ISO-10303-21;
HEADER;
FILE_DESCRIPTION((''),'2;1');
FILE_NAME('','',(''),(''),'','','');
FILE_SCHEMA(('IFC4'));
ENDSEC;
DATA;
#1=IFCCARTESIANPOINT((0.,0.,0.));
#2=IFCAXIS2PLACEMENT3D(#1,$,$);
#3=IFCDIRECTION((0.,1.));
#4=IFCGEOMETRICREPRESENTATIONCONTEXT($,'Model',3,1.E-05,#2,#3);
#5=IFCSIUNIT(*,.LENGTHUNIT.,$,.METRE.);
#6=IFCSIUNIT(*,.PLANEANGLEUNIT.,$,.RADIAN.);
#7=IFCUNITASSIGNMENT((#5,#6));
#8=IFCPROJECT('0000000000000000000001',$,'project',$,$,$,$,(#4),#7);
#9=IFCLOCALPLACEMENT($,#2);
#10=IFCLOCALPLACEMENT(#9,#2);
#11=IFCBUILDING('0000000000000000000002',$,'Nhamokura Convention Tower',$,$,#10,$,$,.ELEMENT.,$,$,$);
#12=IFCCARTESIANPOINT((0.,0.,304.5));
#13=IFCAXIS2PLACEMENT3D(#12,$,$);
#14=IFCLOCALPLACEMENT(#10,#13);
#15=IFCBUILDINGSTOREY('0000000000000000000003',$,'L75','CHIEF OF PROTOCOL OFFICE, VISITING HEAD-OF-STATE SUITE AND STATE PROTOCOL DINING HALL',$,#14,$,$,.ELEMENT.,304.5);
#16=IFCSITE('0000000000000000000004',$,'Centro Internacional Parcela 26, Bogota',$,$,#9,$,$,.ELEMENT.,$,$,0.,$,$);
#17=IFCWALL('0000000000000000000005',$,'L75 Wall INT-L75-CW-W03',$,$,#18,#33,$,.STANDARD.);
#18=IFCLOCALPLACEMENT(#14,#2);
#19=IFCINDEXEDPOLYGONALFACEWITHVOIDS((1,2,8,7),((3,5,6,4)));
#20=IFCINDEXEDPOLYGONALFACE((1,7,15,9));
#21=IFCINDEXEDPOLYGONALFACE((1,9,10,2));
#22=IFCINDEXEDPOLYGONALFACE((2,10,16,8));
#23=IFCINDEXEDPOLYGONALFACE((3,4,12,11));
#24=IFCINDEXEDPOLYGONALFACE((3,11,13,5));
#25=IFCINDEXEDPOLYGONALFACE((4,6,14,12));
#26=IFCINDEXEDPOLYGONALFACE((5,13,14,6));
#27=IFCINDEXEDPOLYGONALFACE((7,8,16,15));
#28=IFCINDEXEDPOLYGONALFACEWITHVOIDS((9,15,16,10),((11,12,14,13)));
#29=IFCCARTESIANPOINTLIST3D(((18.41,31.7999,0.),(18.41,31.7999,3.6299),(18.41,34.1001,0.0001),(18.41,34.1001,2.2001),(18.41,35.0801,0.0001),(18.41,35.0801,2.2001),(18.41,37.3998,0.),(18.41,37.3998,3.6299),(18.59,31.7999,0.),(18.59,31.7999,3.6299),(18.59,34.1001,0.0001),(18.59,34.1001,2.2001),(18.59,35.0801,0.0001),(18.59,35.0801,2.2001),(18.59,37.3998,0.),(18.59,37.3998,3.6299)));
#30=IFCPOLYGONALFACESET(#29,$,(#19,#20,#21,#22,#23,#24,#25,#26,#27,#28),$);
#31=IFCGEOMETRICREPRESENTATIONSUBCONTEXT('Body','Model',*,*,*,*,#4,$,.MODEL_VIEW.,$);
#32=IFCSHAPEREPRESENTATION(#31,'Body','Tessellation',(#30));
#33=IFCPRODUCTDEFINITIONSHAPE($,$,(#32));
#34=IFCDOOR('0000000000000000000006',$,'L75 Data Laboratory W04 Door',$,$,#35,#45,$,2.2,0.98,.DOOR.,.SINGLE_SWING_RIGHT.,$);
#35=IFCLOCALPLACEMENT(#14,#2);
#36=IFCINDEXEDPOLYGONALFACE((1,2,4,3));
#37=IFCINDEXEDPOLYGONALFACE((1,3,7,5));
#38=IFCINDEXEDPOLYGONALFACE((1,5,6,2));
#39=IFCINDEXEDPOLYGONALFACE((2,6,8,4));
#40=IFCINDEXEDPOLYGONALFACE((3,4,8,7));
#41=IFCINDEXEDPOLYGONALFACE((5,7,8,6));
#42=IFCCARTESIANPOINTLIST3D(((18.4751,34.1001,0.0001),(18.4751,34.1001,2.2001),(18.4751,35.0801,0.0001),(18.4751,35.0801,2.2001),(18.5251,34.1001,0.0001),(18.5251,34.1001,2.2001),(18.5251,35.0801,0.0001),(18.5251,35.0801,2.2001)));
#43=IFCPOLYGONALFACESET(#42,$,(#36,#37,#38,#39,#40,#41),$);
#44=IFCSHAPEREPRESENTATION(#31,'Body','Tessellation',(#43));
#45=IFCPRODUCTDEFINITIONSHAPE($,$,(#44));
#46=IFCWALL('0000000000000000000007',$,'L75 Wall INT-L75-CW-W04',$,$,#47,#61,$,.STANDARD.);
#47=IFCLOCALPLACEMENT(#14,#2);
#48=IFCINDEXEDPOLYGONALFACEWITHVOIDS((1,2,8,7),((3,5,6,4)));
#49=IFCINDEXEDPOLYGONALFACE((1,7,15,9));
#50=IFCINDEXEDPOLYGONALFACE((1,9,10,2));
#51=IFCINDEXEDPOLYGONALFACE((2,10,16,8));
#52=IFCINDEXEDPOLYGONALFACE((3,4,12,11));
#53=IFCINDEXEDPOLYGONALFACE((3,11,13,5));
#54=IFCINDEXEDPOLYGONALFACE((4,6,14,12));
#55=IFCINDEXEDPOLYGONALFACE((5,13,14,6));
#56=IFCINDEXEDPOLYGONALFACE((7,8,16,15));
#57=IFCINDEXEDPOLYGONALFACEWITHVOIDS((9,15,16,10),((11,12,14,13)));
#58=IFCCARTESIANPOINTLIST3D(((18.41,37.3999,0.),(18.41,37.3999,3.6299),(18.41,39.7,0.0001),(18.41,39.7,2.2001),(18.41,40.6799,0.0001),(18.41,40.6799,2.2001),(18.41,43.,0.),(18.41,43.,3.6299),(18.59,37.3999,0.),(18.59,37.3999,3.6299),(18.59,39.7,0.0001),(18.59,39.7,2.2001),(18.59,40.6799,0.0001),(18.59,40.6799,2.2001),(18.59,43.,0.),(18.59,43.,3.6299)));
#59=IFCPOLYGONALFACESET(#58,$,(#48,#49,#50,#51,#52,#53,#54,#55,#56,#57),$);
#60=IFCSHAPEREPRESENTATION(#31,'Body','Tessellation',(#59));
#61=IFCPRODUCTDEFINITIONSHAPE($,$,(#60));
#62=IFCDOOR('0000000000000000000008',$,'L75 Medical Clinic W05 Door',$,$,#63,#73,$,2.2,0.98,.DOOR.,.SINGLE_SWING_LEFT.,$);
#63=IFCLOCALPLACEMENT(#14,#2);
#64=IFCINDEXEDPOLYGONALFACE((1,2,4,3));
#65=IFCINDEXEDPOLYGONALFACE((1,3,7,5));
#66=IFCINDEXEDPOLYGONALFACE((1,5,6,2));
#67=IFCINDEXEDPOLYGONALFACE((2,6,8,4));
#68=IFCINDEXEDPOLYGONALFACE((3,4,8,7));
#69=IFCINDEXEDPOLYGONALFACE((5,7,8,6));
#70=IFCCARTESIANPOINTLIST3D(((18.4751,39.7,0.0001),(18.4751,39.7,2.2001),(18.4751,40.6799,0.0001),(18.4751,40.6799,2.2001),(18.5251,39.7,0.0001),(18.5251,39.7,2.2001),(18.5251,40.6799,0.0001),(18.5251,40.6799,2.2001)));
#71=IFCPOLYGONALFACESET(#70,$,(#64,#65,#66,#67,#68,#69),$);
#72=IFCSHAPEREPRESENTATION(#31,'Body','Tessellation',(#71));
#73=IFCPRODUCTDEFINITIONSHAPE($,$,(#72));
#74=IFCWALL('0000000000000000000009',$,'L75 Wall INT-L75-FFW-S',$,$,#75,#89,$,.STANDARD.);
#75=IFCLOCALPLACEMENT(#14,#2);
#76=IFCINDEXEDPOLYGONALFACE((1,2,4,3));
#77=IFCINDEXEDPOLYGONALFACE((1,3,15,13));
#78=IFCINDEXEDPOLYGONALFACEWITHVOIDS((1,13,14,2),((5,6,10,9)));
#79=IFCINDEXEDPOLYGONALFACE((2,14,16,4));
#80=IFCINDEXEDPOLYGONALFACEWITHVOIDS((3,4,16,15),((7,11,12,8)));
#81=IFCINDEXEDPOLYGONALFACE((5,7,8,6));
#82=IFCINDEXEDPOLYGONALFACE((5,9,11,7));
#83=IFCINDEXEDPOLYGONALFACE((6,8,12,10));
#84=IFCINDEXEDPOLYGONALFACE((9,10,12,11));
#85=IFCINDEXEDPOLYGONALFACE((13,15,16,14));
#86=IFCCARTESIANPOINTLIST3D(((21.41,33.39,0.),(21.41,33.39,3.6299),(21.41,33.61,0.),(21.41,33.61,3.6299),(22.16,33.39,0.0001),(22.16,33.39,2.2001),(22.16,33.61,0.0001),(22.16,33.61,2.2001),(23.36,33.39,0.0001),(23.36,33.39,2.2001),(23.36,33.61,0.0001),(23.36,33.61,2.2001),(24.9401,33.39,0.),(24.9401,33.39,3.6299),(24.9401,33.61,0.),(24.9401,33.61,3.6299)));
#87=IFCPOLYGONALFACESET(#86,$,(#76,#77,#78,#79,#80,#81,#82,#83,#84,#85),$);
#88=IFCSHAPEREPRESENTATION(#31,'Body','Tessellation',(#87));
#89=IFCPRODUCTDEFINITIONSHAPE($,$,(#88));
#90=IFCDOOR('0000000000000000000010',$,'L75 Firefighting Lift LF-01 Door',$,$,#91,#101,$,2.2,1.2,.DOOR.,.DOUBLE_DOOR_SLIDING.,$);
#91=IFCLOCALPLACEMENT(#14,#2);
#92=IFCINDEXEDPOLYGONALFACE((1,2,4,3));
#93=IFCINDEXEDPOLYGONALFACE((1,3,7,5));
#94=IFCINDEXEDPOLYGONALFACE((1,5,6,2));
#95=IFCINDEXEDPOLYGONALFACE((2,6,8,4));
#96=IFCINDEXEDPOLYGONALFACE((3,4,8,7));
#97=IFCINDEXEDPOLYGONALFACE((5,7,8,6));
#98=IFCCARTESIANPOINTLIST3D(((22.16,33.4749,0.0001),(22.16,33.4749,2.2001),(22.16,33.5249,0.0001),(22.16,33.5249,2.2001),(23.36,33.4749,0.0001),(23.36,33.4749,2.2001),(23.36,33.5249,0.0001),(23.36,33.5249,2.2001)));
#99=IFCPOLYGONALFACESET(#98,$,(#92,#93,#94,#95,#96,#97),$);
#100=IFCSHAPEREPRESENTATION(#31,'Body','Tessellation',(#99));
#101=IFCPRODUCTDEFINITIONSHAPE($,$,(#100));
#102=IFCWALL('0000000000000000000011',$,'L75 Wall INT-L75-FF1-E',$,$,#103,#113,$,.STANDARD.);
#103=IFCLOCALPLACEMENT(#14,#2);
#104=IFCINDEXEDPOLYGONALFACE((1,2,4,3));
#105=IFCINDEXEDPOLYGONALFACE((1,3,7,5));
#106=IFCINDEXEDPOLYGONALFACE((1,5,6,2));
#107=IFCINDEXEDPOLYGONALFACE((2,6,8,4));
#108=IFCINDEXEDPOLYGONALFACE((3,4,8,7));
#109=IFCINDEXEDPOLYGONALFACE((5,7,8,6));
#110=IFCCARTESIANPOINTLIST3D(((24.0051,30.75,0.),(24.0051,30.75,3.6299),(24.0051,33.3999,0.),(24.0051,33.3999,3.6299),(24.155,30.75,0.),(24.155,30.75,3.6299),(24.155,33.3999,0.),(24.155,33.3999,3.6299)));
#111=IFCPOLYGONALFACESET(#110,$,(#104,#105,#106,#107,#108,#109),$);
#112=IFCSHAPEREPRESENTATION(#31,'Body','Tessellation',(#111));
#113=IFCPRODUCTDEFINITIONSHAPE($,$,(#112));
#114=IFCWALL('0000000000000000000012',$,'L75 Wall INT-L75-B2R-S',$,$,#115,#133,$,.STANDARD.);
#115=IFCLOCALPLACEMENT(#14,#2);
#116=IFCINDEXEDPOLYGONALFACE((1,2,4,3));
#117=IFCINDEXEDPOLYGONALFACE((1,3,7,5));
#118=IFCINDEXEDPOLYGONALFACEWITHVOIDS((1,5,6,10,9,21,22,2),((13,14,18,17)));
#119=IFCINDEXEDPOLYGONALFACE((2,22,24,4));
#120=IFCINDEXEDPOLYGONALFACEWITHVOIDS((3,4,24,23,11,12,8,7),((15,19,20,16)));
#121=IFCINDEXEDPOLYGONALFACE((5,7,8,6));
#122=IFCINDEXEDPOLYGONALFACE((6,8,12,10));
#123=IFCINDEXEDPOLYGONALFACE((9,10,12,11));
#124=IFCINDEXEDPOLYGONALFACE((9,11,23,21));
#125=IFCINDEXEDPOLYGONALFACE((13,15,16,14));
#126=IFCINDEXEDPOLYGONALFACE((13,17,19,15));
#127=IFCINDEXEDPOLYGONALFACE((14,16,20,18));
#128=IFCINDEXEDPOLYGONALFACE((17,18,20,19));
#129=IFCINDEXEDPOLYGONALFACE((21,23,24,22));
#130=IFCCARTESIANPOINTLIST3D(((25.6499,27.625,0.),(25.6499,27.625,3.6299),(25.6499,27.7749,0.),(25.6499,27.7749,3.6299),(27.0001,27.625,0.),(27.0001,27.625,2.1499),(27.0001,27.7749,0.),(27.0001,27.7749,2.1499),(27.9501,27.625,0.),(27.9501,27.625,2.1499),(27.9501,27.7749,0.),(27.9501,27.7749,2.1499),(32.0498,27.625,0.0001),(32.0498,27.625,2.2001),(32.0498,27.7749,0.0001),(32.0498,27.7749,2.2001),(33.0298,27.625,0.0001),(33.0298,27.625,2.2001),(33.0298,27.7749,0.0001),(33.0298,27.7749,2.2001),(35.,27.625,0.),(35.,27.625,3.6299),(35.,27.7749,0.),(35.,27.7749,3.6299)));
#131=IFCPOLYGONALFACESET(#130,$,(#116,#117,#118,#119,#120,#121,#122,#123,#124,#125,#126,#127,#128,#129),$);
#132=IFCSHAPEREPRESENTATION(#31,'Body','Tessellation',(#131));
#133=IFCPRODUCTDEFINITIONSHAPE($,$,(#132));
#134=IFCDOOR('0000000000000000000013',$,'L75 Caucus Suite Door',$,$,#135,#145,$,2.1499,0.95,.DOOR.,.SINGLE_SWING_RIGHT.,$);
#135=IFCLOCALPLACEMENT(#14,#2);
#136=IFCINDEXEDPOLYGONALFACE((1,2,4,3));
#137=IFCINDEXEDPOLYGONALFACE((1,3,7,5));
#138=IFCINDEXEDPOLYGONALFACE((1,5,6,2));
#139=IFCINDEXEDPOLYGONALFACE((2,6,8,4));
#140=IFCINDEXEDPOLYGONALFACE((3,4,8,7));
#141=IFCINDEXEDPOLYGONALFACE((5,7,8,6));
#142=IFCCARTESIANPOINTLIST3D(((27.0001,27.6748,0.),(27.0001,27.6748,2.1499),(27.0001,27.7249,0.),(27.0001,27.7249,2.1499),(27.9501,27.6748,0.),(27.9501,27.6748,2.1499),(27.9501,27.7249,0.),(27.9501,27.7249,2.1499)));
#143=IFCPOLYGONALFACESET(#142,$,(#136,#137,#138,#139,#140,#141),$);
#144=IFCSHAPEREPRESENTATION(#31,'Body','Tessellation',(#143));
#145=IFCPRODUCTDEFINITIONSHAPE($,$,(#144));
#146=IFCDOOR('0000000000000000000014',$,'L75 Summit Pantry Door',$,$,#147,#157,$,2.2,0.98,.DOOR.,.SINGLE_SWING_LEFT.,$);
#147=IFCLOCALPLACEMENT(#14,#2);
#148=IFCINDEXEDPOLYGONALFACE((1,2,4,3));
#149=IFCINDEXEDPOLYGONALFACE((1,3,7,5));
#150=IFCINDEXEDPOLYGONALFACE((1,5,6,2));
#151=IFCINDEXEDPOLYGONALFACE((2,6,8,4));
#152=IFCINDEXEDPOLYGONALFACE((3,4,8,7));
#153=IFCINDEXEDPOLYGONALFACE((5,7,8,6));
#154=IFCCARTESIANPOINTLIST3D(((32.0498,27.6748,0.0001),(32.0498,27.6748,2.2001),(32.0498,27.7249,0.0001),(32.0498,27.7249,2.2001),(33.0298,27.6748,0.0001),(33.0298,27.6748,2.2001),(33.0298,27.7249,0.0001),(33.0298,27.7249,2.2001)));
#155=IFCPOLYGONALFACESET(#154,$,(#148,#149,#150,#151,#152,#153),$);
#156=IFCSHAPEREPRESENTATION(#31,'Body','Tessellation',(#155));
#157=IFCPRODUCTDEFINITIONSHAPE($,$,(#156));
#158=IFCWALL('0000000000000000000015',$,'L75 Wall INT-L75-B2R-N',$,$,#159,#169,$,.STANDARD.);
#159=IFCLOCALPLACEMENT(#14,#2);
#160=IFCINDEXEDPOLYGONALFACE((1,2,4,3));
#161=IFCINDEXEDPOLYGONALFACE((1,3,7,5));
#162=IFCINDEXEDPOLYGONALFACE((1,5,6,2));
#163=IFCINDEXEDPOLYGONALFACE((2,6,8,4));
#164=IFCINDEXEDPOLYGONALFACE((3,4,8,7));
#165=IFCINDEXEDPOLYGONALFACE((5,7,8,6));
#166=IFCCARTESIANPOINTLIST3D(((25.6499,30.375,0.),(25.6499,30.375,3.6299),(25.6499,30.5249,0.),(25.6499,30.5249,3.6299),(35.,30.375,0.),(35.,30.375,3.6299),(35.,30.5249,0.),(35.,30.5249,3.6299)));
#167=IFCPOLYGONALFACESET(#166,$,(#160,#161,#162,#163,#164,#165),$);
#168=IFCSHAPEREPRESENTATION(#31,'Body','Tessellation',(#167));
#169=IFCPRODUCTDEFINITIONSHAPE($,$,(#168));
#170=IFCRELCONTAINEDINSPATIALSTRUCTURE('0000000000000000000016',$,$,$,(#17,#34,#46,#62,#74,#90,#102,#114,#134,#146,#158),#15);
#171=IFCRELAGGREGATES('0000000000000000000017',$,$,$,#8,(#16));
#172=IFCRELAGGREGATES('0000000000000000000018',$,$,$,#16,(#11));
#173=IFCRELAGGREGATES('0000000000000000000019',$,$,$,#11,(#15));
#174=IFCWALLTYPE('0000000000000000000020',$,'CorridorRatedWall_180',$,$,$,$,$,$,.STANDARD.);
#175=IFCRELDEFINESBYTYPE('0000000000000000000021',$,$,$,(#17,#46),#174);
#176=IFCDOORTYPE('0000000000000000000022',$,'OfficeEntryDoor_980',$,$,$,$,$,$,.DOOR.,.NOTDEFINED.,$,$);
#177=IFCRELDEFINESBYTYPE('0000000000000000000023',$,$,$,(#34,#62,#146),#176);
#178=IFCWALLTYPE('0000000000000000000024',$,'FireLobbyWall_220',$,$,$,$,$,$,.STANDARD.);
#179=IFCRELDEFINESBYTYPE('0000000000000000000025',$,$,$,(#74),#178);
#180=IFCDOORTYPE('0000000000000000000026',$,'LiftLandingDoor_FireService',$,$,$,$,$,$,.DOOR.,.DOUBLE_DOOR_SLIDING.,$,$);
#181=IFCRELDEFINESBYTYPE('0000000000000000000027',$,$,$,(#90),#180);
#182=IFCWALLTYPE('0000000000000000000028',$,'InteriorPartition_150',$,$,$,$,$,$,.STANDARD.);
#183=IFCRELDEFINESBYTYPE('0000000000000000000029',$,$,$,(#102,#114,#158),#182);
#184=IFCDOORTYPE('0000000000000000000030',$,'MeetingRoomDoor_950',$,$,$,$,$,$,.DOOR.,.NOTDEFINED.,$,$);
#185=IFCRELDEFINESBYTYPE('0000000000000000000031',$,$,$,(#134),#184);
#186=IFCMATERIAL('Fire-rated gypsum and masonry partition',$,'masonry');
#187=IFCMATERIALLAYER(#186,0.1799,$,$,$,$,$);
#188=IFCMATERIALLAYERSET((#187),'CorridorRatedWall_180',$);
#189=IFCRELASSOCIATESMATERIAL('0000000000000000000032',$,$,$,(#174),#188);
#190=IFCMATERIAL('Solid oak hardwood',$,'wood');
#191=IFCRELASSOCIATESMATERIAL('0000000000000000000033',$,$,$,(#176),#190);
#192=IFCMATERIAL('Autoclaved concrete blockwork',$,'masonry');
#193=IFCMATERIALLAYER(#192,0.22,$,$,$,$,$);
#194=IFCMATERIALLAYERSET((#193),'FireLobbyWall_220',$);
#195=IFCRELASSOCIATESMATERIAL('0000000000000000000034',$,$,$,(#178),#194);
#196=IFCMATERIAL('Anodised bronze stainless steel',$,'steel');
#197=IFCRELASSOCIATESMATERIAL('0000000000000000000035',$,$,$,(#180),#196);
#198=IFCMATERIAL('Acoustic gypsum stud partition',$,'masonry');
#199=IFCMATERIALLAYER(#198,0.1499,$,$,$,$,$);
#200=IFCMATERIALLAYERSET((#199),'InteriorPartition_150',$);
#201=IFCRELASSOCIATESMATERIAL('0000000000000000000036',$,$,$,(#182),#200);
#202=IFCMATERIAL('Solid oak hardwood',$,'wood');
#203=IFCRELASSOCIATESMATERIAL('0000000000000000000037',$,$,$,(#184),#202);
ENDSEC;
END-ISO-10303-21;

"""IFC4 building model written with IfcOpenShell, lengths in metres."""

from ifc_helpers import new_model, si_unit, direction, frame, frame_2d, origin, place, context, subcontext, project, spatial, rectangle, extrude, material, layer, layer_set, type_object, element, fill, save


model = new_model("IFC4")

# Units and contexts
model_context = context("Model", 3, precision=1e-05, world=origin(), true_north=direction((0.0, 1.0)))
body_context = subcontext(model_context, "Body", "Model", "MODEL_VIEW")
ifc_project = project(units=[si_unit("LENGTHUNIT", "METRE"), si_unit("PLANEANGLEUNIT", "RADIAN")], contexts=[model_context])

# Site, building, storey
site_placement = place(None, origin())
site = spatial("IfcSite", under=ifc_project, at=site_placement, Name="Centro Internacional Parcela 26, Bogota", CompositionType="ELEMENT", RefElevation=0.0)
building_placement = place(site_placement, origin())
building = spatial("IfcBuilding", under=site, at=building_placement, Name="Nhamokura Convention Tower", CompositionType="ELEMENT")
storey_placement = place(building_placement, frame((0.0, 0.0, 304.5)))
storey = spatial("IfcBuildingStorey", under=building, at=storey_placement, Name="L75", Description="CHIEF OF PROTOCOL OFFICE, VISITING HEAD-OF-STATE SUITE AND STATE PROTOCOL DINING HALL", CompositionType="ELEMENT", Elevation=304.5)

# Walls, openings, doors
ifc_material_1 = material(Name="Fire-rated gypsum and masonry partition", Category="masonry")
ifc_layer_1 = layer(ifc_material_1, 0.1799)
ifc_layer_set_1 = layer_set([ifc_layer_1], Name="CorridorRatedWall_180")
wall_type_1 = type_object("IfcWallType", Name="CorridorRatedWall_180", PredefinedType="STANDARD", material=ifc_layer_set_1)
ifc_material_2 = material(Name="Solid oak hardwood", Category="wood")
door_type_1 = type_object("IfcDoorType", Name="OfficeEntryDoor_980", OperationType="NOTDEFINED", PredefinedType="DOOR", material=ifc_material_2)
wall_1_placement = place(storey_placement, frame((18.5, 31.8, 0.0), z_axis=(0.0, 0.0, 1.0), x_axis=(0.0, 1.0, 0.0)))
wall_1 = element("IfcWall", 1, at=wall_1_placement, inside=storey, type_object=wall_type_1, Name="L75 Wall INT-L75-CW-W03", PredefinedType="STANDARD", context=body_context, shape_type="SweptSolid", body=[
    extrude(rectangle(XDim=5.5999, YDim=0.1799, at=frame_2d((2.7998, 0.0))), origin(), (0.0, 0.0, 1.0), 3.6299),
])
opening_1_placement = place(wall_1_placement, frame((2.3, 0.0, 0.0)))
opening_1 = element("IfcOpeningElement", 2, at=opening_1_placement, cuts=wall_1, PredefinedType="OPENING", context=body_context, shape_type="SweptSolid", body=[
    extrude(rectangle(XDim=0.98, YDim=2.2, at=frame_2d((0.49, 1.1001))), frame((0.0, 0.0999, 0.0), z_axis=(0.0, -1.0, 0.0), x_axis=(1.0, 0.0, 0.0)), (0.0, 0.0, 1.0), 0.2),
])
door_1_placement = place(opening_1_placement, origin())
door_1 = element("IfcDoor", 3, at=door_1_placement, inside=storey, type_object=door_type_1, Name="L75 Data Laboratory W04 Door", OperationType="SINGLE_SWING_RIGHT", OverallHeight=2.2, OverallWidth=0.98, PredefinedType="DOOR", context=body_context, shape_type="SweptSolid", body=[
    extrude(rectangle(XDim=0.98, YDim=2.2, at=frame_2d((0.49, 1.1001))), frame((0.0, 0.0249, 0.0), z_axis=(0.0, -1.0, 0.0), x_axis=(1.0, 0.0, 0.0)), (0.0, 0.0, 1.0), 0.05),
])
fill(opening_1, door_1)
wall_2_placement = place(storey_placement, frame((18.5, 37.3999, 0.0), z_axis=(0.0, 0.0, 1.0), x_axis=(0.0, 1.0, 0.0)))
wall_2 = element("IfcWall", 4, at=wall_2_placement, inside=storey, type_object=wall_type_1, Name="L75 Wall INT-L75-CW-W04", PredefinedType="STANDARD", context=body_context, shape_type="SweptSolid", body=[
    extrude(rectangle(XDim=5.6001, YDim=0.1799, at=frame_2d((2.8, 0.0))), origin(), (0.0, 0.0, 1.0), 3.6299),
])
opening_2_placement = place(wall_2_placement, frame((2.3, 0.0, 0.0)))
opening_2 = element("IfcOpeningElement", 5, at=opening_2_placement, cuts=wall_2, PredefinedType="OPENING", context=body_context, shape_type="SweptSolid", body=[
    extrude(rectangle(XDim=0.98, YDim=2.2, at=frame_2d((0.49, 1.1001))), frame((0.0, 0.0999, 0.0), z_axis=(0.0, -1.0, 0.0), x_axis=(1.0, 0.0, 0.0)), (0.0, 0.0, 1.0), 0.2),
])
door_2_placement = place(opening_2_placement, origin())
door_2 = element("IfcDoor", 6, at=door_2_placement, inside=storey, type_object=door_type_1, Name="L75 Medical Clinic W05 Door", OperationType="SINGLE_SWING_LEFT", OverallHeight=2.2, OverallWidth=0.98, PredefinedType="DOOR", context=body_context, shape_type="SweptSolid", body=[
    extrude(rectangle(XDim=0.98, YDim=2.2, at=frame_2d((0.49, 1.1001))), frame((0.0, 0.0249, 0.0), z_axis=(0.0, -1.0, 0.0), x_axis=(1.0, 0.0, 0.0)), (0.0, 0.0, 1.0), 0.05),
])
fill(opening_2, door_2)
ifc_material_3 = material(Name="Autoclaved concrete blockwork", Category="masonry")
ifc_layer_2 = layer(ifc_material_3, 0.22)
ifc_layer_set_2 = layer_set([ifc_layer_2], Name="FireLobbyWall_220")
wall_type_2 = type_object("IfcWallType", Name="FireLobbyWall_220", PredefinedType="STANDARD", material=ifc_layer_set_2)
wall_3_placement = place(storey_placement, frame((21.4099, 33.5, 0.0), z_axis=(0.0, 0.0, 1.0), x_axis=(1.0, 0.0, 0.0)))
wall_3 = element("IfcWall", 7, at=wall_3_placement, inside=storey, type_object=wall_type_2, Name="L75 Wall INT-L75-FFW-S", PredefinedType="STANDARD", context=body_context, shape_type="SweptSolid", body=[
    extrude(rectangle(XDim=3.53, YDim=0.22, at=frame_2d((1.7651, 0.0))), origin(), (0.0, 0.0, 1.0), 3.6299),
])
opening_3_placement = place(wall_3_placement, frame((0.75, 0.0, 0.0)))
opening_3 = element("IfcOpeningElement", 8, at=opening_3_placement, cuts=wall_3, PredefinedType="OPENING", context=body_context, shape_type="SweptSolid", body=[
    extrude(rectangle(XDim=1.2, YDim=2.2, at=frame_2d((0.6001, 1.1001))), frame((0.0, 0.1199, 0.0), z_axis=(0.0, -1.0, 0.0), x_axis=(1.0, 0.0, 0.0)), (0.0, 0.0, 1.0), 0.24),
])
ifc_material_4 = material(Name="Anodised bronze stainless steel", Category="steel")
door_type_2 = type_object("IfcDoorType", Name="LiftLandingDoor_FireService", OperationType="DOUBLE_DOOR_SLIDING", PredefinedType="DOOR", material=ifc_material_4)
door_3_placement = place(opening_3_placement, origin())
door_3 = element("IfcDoor", 9, at=door_3_placement, inside=storey, type_object=door_type_2, Name="L75 Firefighting Lift LF-01 Door", OperationType="DOUBLE_DOOR_SLIDING", OverallHeight=2.2, OverallWidth=1.2, PredefinedType="DOOR", context=body_context, shape_type="SweptSolid", body=[
    extrude(rectangle(XDim=1.2, YDim=2.2, at=frame_2d((0.6001, 1.1001))), frame((0.0, 0.0249, 0.0), z_axis=(0.0, -1.0, 0.0), x_axis=(1.0, 0.0, 0.0)), (0.0, 0.0, 1.0), 0.05),
])
fill(opening_3, door_3)

# Wall
ifc_material_5 = material(Name="Acoustic gypsum stud partition", Category="masonry")
ifc_layer_3 = layer(ifc_material_5, 0.1499)
ifc_layer_set_3 = layer_set([ifc_layer_3], Name="InteriorPartition_150")
wall_type_3 = type_object("IfcWallType", Name="InteriorPartition_150", PredefinedType="STANDARD", material=ifc_layer_set_3)
wall_4_placement = place(storey_placement, frame((24.0801, 30.75, 0.0), z_axis=(0.0, 0.0, 1.0), x_axis=(0.0, 1.0, 0.0)))
element("IfcWall", 10, at=wall_4_placement, inside=storey, type_object=wall_type_3, Name="L75 Wall INT-L75-FF1-E", PredefinedType="STANDARD", context=body_context, shape_type="SweptSolid", body=[
    extrude(rectangle(XDim=2.6499, YDim=0.1499, at=frame_2d((1.325, 0.0))), origin(), (0.0, 0.0, 1.0), 3.6299),
])

# Wall, openings, doors
wall_5_placement = place(storey_placement, frame((25.6499, 27.7, 0.0), z_axis=(0.0, 0.0, 1.0), x_axis=(1.0, 0.0, 0.0)))
wall_5 = element("IfcWall", 11, at=wall_5_placement, inside=storey, type_object=wall_type_3, Name="L75 Wall INT-L75-B2R-S", PredefinedType="STANDARD", context=body_context, shape_type="SweptSolid", body=[
    extrude(rectangle(XDim=9.3501, YDim=0.1499, at=frame_2d((4.675, 0.0))), origin(), (0.0, 0.0, 1.0), 3.6299),
])
opening_4_placement = place(wall_5_placement, frame((1.3501, 0.0, 0.0)))
opening_4 = element("IfcOpeningElement", 12, at=opening_4_placement, cuts=wall_5, PredefinedType="OPENING", context=body_context, shape_type="SweptSolid", body=[
    extrude(rectangle(XDim=0.95, YDim=2.1499, at=frame_2d((0.4751, 1.075))), frame((0.0, 0.085, 0.0), z_axis=(0.0, -1.0, 0.0), x_axis=(1.0, 0.0, 0.0)), (0.0, 0.0, 1.0), 0.1699),
])
opening_5_placement = place(wall_5_placement, frame((6.3999, 0.0, 0.0)))
opening_5 = element("IfcOpeningElement", 13, at=opening_5_placement, cuts=wall_5, PredefinedType="OPENING", context=body_context, shape_type="SweptSolid", body=[
    extrude(rectangle(XDim=0.98, YDim=2.2, at=frame_2d((0.49, 1.1001))), frame((0.0, 0.085, 0.0), z_axis=(0.0, -1.0, 0.0), x_axis=(1.0, 0.0, 0.0)), (0.0, 0.0, 1.0), 0.1699),
])
ifc_material_6 = material(Name="Solid oak hardwood", Category="wood")
door_type_3 = type_object("IfcDoorType", Name="MeetingRoomDoor_950", OperationType="NOTDEFINED", PredefinedType="DOOR", material=ifc_material_6)
door_4_placement = place(opening_4_placement, origin())
door_4 = element("IfcDoor", 14, at=door_4_placement, inside=storey, type_object=door_type_3, Name="L75 Caucus Suite Door", OperationType="SINGLE_SWING_RIGHT", OverallHeight=2.1499, OverallWidth=0.95, PredefinedType="DOOR", context=body_context, shape_type="SweptSolid", body=[
    extrude(rectangle(XDim=0.95, YDim=2.1499, at=frame_2d((0.4751, 1.075))), frame((0.0, 0.0249, 0.0), z_axis=(0.0, -1.0, 0.0), x_axis=(1.0, 0.0, 0.0)), (0.0, 0.0, 1.0), 0.05),
])
fill(opening_4, door_4)
door_5_placement = place(opening_5_placement, origin())
door_5 = element("IfcDoor", 15, at=door_5_placement, inside=storey, type_object=door_type_1, Name="L75 Summit Pantry Door", OperationType="SINGLE_SWING_LEFT", OverallHeight=2.2, OverallWidth=0.98, PredefinedType="DOOR", context=body_context, shape_type="SweptSolid", body=[
    extrude(rectangle(XDim=0.98, YDim=2.2, at=frame_2d((0.49, 1.1001))), frame((0.0, 0.0249, 0.0), z_axis=(0.0, -1.0, 0.0), x_axis=(1.0, 0.0, 0.0)), (0.0, 0.0, 1.0), 0.05),
])
fill(opening_5, door_5)

# Wall
wall_6_placement = place(storey_placement, frame((25.6499, 30.45, 0.0), z_axis=(0.0, 0.0, 1.0), x_axis=(1.0, 0.0, 0.0)))
element("IfcWall", 16, at=wall_6_placement, inside=storey, type_object=wall_type_3, Name="L75 Wall INT-L75-B2R-N", PredefinedType="STANDARD", context=body_context, shape_type="SweptSolid", body=[
    extrude(rectangle(XDim=9.3501, YDim=0.1499, at=frame_2d((4.675, 0.0))), origin(), (0.0, 0.0, 1.0), 3.6299),
])

save(model, "model.ifc")
